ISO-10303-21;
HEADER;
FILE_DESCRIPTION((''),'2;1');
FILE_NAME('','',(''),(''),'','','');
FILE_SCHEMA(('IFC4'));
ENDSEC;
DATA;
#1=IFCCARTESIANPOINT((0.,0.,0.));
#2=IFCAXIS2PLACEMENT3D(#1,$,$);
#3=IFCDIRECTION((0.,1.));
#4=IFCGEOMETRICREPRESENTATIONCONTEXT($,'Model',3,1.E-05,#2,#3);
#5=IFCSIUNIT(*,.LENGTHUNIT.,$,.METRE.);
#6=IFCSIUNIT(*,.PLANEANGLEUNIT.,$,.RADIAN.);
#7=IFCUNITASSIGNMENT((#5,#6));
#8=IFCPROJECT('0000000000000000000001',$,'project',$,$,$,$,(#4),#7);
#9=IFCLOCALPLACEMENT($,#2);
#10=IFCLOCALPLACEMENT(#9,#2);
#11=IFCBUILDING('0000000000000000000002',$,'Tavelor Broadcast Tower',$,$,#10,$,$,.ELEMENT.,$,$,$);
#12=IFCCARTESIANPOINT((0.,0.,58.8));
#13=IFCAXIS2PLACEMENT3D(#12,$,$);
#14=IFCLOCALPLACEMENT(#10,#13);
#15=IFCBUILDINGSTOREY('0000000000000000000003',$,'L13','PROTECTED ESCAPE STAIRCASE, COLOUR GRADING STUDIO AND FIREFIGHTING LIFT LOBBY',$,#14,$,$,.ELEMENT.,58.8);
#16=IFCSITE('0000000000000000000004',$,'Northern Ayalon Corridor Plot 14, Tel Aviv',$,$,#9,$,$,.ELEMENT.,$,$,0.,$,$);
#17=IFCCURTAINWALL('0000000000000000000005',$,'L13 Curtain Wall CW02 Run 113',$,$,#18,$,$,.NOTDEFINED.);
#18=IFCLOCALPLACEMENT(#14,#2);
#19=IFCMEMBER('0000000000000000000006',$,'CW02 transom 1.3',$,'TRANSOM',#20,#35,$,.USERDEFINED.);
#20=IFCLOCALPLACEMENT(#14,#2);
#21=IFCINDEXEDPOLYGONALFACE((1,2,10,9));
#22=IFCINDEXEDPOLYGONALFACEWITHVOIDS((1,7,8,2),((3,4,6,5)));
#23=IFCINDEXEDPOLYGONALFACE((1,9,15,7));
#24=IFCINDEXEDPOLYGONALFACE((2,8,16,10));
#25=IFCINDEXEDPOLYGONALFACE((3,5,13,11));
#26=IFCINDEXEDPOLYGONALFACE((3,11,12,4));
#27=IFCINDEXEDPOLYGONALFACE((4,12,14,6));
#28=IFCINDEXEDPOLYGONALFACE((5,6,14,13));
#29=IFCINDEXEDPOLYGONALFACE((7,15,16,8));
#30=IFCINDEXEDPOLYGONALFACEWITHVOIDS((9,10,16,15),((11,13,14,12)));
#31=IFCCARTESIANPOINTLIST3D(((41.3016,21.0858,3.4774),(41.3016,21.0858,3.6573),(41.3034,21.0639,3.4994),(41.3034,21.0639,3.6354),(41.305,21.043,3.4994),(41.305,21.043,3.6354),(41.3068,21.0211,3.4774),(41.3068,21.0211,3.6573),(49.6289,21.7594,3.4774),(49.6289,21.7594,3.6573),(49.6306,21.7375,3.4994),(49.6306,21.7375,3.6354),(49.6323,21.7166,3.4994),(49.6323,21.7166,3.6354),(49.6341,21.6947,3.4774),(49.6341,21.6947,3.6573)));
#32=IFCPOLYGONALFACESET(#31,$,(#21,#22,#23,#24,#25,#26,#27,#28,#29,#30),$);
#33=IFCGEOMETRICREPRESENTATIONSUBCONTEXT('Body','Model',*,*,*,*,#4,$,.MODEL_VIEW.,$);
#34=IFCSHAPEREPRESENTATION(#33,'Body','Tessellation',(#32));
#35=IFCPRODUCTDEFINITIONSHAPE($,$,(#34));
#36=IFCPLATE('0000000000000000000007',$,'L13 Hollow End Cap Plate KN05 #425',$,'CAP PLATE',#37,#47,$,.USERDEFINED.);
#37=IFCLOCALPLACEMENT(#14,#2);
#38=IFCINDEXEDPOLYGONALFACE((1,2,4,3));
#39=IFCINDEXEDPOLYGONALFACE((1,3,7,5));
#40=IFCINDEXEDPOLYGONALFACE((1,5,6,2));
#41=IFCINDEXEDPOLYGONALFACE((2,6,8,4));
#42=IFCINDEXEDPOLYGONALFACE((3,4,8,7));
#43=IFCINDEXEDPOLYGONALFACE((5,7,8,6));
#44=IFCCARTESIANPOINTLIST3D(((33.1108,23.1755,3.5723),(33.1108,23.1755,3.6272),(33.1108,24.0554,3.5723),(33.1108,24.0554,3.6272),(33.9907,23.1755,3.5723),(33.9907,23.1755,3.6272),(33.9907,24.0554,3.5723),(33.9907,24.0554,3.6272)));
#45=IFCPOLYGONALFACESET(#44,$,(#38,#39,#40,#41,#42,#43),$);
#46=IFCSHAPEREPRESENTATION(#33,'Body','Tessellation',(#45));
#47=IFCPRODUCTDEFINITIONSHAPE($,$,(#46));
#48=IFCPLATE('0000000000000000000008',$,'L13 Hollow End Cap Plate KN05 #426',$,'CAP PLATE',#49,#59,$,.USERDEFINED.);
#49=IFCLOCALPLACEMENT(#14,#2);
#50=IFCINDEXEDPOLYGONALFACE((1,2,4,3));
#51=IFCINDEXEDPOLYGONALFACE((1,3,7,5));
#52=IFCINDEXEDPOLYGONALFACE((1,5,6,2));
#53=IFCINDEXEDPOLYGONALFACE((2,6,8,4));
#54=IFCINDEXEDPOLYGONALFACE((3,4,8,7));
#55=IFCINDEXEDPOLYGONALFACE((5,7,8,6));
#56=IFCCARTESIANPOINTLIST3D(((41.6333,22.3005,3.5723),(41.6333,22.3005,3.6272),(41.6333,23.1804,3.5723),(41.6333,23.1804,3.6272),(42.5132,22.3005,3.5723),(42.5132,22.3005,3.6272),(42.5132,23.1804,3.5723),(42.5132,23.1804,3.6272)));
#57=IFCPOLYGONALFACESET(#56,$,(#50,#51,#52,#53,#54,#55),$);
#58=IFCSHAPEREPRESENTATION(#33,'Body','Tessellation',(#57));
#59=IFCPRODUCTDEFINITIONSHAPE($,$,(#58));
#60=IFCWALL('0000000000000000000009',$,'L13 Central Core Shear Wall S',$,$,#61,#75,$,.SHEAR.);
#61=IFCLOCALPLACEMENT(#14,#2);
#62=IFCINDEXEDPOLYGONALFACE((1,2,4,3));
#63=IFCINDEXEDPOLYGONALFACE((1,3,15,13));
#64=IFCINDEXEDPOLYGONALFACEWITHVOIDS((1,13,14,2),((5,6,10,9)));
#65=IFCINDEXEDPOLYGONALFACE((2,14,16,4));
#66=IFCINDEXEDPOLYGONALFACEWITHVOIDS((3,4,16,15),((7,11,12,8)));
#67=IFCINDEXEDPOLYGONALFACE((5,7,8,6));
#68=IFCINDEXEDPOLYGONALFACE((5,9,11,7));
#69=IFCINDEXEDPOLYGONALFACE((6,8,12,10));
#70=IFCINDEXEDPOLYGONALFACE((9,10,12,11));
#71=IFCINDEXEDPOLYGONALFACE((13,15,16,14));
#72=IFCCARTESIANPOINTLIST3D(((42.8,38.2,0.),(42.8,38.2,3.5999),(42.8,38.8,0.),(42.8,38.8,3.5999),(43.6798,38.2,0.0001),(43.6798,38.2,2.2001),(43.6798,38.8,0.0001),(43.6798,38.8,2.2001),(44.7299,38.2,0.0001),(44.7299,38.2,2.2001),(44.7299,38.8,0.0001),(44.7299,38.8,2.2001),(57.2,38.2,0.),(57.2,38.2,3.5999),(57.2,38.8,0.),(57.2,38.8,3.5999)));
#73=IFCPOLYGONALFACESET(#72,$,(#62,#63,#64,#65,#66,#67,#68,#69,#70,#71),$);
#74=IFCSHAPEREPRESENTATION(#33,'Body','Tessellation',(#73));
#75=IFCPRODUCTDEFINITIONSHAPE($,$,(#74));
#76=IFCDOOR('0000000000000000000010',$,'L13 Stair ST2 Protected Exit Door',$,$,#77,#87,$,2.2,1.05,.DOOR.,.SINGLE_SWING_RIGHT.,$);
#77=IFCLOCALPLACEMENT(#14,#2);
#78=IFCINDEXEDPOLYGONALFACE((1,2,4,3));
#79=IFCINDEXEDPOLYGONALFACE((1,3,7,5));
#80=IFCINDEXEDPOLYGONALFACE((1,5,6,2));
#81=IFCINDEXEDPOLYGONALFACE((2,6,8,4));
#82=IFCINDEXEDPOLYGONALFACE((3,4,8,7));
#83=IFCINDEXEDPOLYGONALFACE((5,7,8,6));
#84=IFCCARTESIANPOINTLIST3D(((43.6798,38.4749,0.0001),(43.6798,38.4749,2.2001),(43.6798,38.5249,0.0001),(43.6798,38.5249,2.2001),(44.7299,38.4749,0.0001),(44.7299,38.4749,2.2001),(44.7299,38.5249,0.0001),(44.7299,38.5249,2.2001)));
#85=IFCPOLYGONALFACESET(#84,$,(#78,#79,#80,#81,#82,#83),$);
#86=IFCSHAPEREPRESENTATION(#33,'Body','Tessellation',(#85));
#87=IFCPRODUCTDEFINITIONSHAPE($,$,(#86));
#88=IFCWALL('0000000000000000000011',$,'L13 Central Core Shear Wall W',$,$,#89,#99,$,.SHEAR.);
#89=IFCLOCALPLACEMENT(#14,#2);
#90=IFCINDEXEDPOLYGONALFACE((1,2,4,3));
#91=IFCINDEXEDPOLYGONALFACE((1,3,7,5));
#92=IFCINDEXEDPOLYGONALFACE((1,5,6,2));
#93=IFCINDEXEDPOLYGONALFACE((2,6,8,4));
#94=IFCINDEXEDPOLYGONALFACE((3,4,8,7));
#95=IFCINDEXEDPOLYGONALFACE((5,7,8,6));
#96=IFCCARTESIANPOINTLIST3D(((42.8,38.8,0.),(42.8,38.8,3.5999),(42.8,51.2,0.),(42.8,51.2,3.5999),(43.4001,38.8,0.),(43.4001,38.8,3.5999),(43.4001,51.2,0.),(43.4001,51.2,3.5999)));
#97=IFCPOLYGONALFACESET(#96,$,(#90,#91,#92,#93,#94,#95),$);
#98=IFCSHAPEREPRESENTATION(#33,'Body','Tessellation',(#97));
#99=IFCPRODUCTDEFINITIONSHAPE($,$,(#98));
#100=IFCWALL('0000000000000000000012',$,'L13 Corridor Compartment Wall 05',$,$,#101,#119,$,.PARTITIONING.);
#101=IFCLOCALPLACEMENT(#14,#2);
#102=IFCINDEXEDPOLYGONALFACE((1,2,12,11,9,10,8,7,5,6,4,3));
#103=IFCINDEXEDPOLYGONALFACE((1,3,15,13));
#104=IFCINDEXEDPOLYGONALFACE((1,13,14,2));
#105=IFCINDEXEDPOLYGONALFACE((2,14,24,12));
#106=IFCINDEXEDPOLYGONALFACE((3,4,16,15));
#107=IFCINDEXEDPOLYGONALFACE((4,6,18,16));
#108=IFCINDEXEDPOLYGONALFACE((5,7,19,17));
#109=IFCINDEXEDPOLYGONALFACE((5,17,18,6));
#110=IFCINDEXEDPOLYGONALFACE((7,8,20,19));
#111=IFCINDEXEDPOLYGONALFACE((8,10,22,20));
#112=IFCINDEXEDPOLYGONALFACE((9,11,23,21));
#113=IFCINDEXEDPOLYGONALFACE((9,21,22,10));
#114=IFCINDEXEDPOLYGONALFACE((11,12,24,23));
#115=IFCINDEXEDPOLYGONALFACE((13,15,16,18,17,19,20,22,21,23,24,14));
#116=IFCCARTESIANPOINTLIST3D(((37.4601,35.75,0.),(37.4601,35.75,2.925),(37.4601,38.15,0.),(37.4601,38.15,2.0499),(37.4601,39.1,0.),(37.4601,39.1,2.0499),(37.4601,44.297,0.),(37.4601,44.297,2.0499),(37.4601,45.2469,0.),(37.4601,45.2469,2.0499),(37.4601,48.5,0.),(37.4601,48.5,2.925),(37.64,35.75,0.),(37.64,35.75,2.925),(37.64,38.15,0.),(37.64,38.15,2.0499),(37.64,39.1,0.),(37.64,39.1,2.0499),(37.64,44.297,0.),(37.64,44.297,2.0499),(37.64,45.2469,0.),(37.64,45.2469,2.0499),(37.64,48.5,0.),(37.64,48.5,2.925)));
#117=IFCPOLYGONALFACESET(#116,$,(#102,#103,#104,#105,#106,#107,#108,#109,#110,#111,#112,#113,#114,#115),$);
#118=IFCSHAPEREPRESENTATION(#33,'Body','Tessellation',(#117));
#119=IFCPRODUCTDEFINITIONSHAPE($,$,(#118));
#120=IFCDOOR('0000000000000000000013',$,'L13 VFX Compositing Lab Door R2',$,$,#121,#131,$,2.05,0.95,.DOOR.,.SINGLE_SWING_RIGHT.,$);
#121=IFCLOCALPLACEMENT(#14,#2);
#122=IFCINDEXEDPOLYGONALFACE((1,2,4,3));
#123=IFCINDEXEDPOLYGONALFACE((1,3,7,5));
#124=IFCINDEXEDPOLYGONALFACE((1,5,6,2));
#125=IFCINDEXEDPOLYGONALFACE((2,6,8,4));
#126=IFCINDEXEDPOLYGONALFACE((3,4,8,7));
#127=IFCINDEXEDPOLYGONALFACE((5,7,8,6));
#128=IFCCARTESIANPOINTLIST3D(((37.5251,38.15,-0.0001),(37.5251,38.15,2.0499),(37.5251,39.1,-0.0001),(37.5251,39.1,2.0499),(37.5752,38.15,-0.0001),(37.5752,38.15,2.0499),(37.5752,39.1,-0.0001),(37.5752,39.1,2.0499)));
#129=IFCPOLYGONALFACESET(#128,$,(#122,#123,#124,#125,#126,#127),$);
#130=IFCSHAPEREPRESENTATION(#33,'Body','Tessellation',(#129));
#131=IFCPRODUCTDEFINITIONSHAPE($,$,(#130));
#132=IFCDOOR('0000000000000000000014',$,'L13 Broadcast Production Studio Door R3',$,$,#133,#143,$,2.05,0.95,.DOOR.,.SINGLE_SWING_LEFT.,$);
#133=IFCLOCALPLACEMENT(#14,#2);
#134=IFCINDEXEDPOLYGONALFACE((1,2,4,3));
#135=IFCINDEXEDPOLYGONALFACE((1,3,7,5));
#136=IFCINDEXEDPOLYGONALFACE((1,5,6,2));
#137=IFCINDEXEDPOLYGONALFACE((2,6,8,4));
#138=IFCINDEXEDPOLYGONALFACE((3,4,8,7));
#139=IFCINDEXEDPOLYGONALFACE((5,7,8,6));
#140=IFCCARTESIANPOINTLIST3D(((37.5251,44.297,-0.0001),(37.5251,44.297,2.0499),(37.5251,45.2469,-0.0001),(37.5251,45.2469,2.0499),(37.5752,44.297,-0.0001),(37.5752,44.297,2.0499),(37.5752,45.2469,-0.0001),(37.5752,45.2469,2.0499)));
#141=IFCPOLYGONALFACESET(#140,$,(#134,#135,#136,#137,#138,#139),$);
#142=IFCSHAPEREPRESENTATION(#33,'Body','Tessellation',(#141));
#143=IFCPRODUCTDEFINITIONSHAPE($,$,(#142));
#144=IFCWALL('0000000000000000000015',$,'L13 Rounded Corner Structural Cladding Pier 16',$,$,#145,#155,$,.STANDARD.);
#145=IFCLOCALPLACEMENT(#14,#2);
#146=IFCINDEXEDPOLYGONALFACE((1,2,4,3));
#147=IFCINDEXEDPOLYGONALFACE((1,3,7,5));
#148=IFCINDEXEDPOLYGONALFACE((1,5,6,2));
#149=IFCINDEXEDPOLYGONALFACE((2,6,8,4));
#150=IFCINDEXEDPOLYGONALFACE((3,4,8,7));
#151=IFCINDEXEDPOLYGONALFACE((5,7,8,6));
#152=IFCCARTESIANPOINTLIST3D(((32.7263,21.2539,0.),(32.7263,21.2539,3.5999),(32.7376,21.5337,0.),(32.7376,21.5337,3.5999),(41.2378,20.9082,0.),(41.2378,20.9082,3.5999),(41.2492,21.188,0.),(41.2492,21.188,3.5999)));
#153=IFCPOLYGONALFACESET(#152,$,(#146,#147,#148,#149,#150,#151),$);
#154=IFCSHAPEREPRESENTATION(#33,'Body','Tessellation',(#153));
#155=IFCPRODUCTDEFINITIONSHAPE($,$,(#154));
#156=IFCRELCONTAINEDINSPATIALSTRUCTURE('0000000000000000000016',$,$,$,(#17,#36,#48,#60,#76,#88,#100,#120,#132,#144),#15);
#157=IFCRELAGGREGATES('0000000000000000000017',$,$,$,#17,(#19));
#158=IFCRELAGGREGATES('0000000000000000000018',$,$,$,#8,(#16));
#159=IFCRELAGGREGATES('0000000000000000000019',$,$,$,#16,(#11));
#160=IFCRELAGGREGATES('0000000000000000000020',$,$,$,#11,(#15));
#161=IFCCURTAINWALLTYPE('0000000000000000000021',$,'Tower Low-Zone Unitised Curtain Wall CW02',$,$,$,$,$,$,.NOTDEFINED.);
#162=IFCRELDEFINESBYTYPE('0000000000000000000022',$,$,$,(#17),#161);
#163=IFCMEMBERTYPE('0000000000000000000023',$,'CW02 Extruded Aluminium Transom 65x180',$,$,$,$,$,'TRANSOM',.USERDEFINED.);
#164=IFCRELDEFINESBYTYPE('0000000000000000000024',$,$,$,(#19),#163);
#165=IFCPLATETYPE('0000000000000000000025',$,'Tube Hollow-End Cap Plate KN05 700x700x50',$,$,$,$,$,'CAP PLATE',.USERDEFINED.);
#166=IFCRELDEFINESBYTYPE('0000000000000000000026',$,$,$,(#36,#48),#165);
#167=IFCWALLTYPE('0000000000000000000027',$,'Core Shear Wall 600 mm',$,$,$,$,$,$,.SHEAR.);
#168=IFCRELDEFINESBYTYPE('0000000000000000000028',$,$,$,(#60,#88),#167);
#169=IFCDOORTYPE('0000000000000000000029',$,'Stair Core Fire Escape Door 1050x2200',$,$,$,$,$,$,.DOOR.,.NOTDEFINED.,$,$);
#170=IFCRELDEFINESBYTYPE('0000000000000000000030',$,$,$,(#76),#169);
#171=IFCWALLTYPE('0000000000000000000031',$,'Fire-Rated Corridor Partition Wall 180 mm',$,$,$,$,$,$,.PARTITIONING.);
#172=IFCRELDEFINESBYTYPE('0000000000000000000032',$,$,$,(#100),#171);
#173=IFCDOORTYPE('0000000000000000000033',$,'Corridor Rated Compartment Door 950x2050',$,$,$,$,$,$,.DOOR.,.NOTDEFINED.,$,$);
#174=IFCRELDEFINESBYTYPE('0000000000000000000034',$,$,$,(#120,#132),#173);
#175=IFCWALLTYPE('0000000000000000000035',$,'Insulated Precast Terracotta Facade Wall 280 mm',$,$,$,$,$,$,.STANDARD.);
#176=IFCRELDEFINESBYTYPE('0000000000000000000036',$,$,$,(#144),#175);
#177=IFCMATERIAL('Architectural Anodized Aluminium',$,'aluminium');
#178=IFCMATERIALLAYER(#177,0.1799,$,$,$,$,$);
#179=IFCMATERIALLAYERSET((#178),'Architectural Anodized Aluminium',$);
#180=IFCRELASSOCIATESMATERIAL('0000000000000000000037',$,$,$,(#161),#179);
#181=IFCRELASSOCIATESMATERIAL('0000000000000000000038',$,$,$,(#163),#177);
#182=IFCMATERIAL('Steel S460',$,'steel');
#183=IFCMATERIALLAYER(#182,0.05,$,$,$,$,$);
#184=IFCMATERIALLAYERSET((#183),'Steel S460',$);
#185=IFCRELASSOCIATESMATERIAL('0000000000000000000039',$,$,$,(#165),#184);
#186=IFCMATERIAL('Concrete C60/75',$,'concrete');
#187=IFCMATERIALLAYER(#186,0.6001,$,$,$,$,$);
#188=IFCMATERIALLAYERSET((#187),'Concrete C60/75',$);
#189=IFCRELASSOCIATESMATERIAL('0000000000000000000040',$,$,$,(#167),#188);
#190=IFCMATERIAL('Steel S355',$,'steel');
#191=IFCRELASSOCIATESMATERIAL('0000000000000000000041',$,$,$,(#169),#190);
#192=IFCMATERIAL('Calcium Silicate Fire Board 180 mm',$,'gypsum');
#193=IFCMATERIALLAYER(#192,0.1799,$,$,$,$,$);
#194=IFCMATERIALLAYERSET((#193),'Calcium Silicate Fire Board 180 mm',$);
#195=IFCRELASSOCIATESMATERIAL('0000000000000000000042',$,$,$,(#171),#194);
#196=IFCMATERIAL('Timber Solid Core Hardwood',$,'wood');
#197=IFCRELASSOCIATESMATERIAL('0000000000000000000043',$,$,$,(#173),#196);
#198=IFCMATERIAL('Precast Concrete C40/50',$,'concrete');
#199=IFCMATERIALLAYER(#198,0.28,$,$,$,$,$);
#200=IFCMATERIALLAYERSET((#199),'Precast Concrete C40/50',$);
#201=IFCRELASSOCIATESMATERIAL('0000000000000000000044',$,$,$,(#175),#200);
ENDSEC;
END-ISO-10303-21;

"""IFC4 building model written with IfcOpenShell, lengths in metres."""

from ifc_helpers import new_model, si_unit, direction, frame, frame_2d, origin, origin_2d, place, context, subcontext, project, spatial, rectangle, hollow_rectangle, extrude, source, transform, mapped, material, layer, layer_set, material_profile, profile_set, type_object, type_shapes, element, fill, aggregate, save


model = new_model("IFC4")

# Units and contexts
model_context = context("Model", 3, precision=1e-05, world=origin(), true_north=direction((0.0, 1.0)))
body_context = subcontext(model_context, "Body", "Model", "MODEL_VIEW")
ifc_project = project(units=[si_unit("LENGTHUNIT", "METRE"), si_unit("PLANEANGLEUNIT", "RADIAN")], contexts=[model_context])

# Site, building, storey
site_placement = place(None, origin())
site = spatial("IfcSite", under=ifc_project, at=site_placement, Name="Northern Ayalon Corridor Plot 14, Tel Aviv", CompositionType="ELEMENT", RefElevation=0.0)
building_placement = place(site_placement, origin())
building = spatial("IfcBuilding", under=site, at=building_placement, Name="Tavelor Broadcast Tower", CompositionType="ELEMENT")
storey_placement = place(building_placement, frame((0.0, 0.0, 58.8)))
storey = spatial("IfcBuildingStorey", under=building, at=storey_placement, Name="L13", Description="PROTECTED ESCAPE STAIRCASE, COLOUR GRADING STUDIO AND FIREFIGHTING LIFT LOBBY", CompositionType="ELEMENT", Elevation=58.8)

# Shared definitions
ifc_material_1 = material(Name="Steel S460", Category="steel")

# Shared definitions
ifc_material_2 = material(Name="Steel S355", Category="steel")

# Curtain wall, member
ifc_material_3 = material(Name="Architectural Anodized Aluminium", Category="aluminium")
ifc_layer_1 = layer(ifc_material_3, 0.1799)
ifc_layer_set_1 = layer_set([ifc_layer_1], Name="Architectural Anodized Aluminium")
curtain_wall_type = type_object("IfcCurtainWallType", Name="Tower Low-Zone Unitised Curtain Wall CW02", PredefinedType="NOTDEFINED", material=ifc_layer_set_1)
curtain_wall_placement = place(storey_placement, origin())
curtain_wall = element("IfcCurtainWall", 1, at=curtain_wall_placement, inside=storey, type_object=curtain_wall_type, Name="L13 Curtain Wall CW02 Run 113", PredefinedType="NOTDEFINED")
ifc_material_profile_1 = material_profile(ifc_material_3, hollow_rectangle(XDim=0.0649, YDim=0.1799, WallThickness=0.022, at=origin_2d()), Name="RHS 65x180x22")
ifc_profile_set_1 = profile_set([ifc_material_profile_1], Name="Architectural Anodized Aluminium")
member_type_1 = type_object("IfcMemberType", Name="CW02 Extruded Aluminium Transom 65x180", ElementType="TRANSOM", PredefinedType="USERDEFINED", material=ifc_profile_set_1)
shared_shape_1 = source(origin(), body_context, "Body", "SweptSolid", [
    extrude(hollow_rectangle(XDim=0.0649, YDim=0.1799, WallThickness=0.022, at=origin_2d()), origin(), (0.0, 0.0, 1.0), 8.3545),
])
type_shapes(member_type_1, [shared_shape_1])
member_1_placement = place(storey_placement, frame((41.3042, 21.0535, 3.5674), z_axis=(0.996745, 0.080624, 0.0), x_axis=(-0.080624, 0.996745, 0.0)))
member_1 = element("IfcMember", 2, at=member_1_placement, type_object=member_type_1, Name="CW02 transom 1.3", ObjectType="TRANSOM", PredefinedType="USERDEFINED", context=body_context, shape_type="MappedRepresentation", body=[
    mapped(shared_shape_1, transform((0.0, 0.0, 0.0), scale=1.0)),
])
aggregate(curtain_wall, [member_1])

# Plates
ifc_layer_2 = layer(ifc_material_1, 0.05)
ifc_layer_set_2 = layer_set([ifc_layer_2], Name="Steel S460")
plate_type = type_object("IfcPlateType", Name="Tube Hollow-End Cap Plate KN05 700x700x50", ElementType="CAP PLATE", PredefinedType="USERDEFINED", material=ifc_layer_set_2)
shared_shape_2 = source(origin(), body_context, "Body", "SweptSolid", [
    extrude(rectangle(XDim=0.8799, YDim=0.8799, at=origin_2d()), origin(), (0.0, 0.0, 1.0), 0.0549),
])
type_shapes(plate_type, [shared_shape_2])
for number, where, z_axis, x_axis, name in (
    (3, (33.5508, 23.6155, 3.5723), (0.0, 0.0, 1.0), (1.0, 0.0, 0.0), "L13 Hollow End Cap Plate KN05 #425"),
    (4, (42.0732, 22.7405, 3.5723), (0.0, 0.0, 1.0), (1.0, 0.0, 0.0), "L13 Hollow End Cap Plate KN05 #426"),
):
    element("IfcPlate", number, at=place(storey_placement, frame(where, z_axis=z_axis, x_axis=x_axis)), inside=storey, type_object=plate_type, Name=name, ObjectType="CAP PLATE", PredefinedType="USERDEFINED", context=body_context, shape_type="MappedRepresentation", body=[
        mapped(shared_shape_2, transform((0.0, 0.0, 0.0), scale=1.0)),
    ])

# Wall, opening, door
ifc_material_4 = material(Name="Concrete C60/75", Category="concrete")
ifc_layer_3 = layer(ifc_material_4, 0.6001)
ifc_layer_set_3 = layer_set([ifc_layer_3], Name="Concrete C60/75")
wall_type_1 = type_object("IfcWallType", Name="Core Shear Wall 600 mm", PredefinedType="SHEAR", material=ifc_layer_set_3)
wall_1_placement = place(storey_placement, frame((42.8, 38.5, 0.0), z_axis=(0.0, 0.0, 1.0), x_axis=(1.0, 0.0, 0.0)))
wall_1 = element("IfcWall", 5, at=wall_1_placement, inside=storey, type_object=wall_type_1, Name="L13 Central Core Shear Wall S", PredefinedType="SHEAR", context=body_context, shape_type="SweptSolid", body=[
    extrude(rectangle(XDim=14.3999, YDim=0.6001, at=frame_2d((7.2, 0.0))), origin(), (0.0, 0.0, 1.0), 3.5999),
])
opening_1_placement = place(wall_1_placement, frame((0.8799, 0.0, 0.0)))
opening_1 = element("IfcOpeningElement", 6, at=opening_1_placement, cuts=wall_1, PredefinedType="OPENING", context=body_context, shape_type="SweptSolid", body=[
    extrude(rectangle(XDim=1.05, YDim=2.2, at=frame_2d((0.5249, 1.1001))), frame((0.0, 0.3101, 0.0), z_axis=(0.0, -1.0, 0.0), x_axis=(1.0, 0.0, 0.0)), (0.0, 0.0, 1.0), 0.6201),
])
door_type_1 = type_object("IfcDoorType", Name="Stair Core Fire Escape Door 1050x2200", OperationType="NOTDEFINED", PredefinedType="DOOR", material=ifc_material_2)
door_1_placement = place(opening_1_placement, origin())
door_1 = element("IfcDoor", 7, at=door_1_placement, inside=storey, type_object=door_type_1, Name="L13 Stair ST2 Protected Exit Door", OperationType="SINGLE_SWING_RIGHT", OverallHeight=2.2, OverallWidth=1.05, PredefinedType="DOOR", context=body_context, shape_type="SweptSolid", body=[
    extrude(rectangle(XDim=1.05, YDim=2.2, at=frame_2d((0.5249, 1.1001))), frame((0.0, 0.0249, 0.0), z_axis=(0.0, -1.0, 0.0), x_axis=(1.0, 0.0, 0.0)), (0.0, 0.0, 1.0), 0.05),
])
fill(opening_1, door_1)

# Wall
wall_2_placement = place(storey_placement, frame((43.1001, 38.8, 0.0), z_axis=(0.0, 0.0, 1.0), x_axis=(0.0, 1.0, 0.0)))
element("IfcWall", 8, at=wall_2_placement, inside=storey, type_object=wall_type_1, Name="L13 Central Core Shear Wall W", PredefinedType="SHEAR", context=body_context, shape_type="SweptSolid", body=[
    extrude(rectangle(XDim=12.3999, YDim=0.6001, at=frame_2d((6.2, 0.0))), origin(), (0.0, 0.0, 1.0), 3.5999),
])

# Wall, openings, doors
ifc_material_5 = material(Name="Calcium Silicate Fire Board 180 mm", Category="gypsum")
ifc_layer_4 = layer(ifc_material_5, 0.1799)
ifc_layer_set_4 = layer_set([ifc_layer_4], Name="Calcium Silicate Fire Board 180 mm")
wall_type_2 = type_object("IfcWallType", Name="Fire-Rated Corridor Partition Wall 180 mm", PredefinedType="PARTITIONING", material=ifc_layer_set_4)
wall_3_placement = place(storey_placement, frame((37.55, 35.75, 0.0), z_axis=(0.0, 0.0, 1.0), x_axis=(0.0, 1.0, 0.0)))
wall_3 = element("IfcWall", 9, at=wall_3_placement, inside=storey, type_object=wall_type_2, Name="L13 Corridor Compartment Wall 05", PredefinedType="PARTITIONING", context=body_context, shape_type="SweptSolid", body=[
    extrude(rectangle(XDim=12.75, YDim=0.1799, at=frame_2d((6.375, 0.0))), origin(), (0.0, 0.0, 1.0), 2.925),
])
opening_2_placement = place(wall_3_placement, frame((2.3999, 0.0, 0.0)))
opening_2 = element("IfcOpeningElement", 10, at=opening_2_placement, cuts=wall_3, PredefinedType="OPENING", context=body_context, shape_type="SweptSolid", body=[
    extrude(rectangle(XDim=0.95, YDim=2.05, at=frame_2d((0.4751, 1.0249))), frame((0.0, 0.1001, 0.0), z_axis=(0.0, -1.0, 0.0), x_axis=(1.0, 0.0, 0.0)), (0.0, 0.0, 1.0), 0.2),
])
opening_3_placement = place(wall_3_placement, frame((8.5469, 0.0, 0.0)))
opening_3 = element("IfcOpeningElement", 11, at=opening_3_placement, cuts=wall_3, PredefinedType="OPENING", context=body_context, shape_type="SweptSolid", body=[
    extrude(rectangle(XDim=0.95, YDim=2.05, at=frame_2d((0.4751, 1.0249))), frame((0.0, 0.1001, 0.0), z_axis=(0.0, -1.0, 0.0), x_axis=(1.0, 0.0, 0.0)), (0.0, 0.0, 1.0), 0.2),
])
ifc_material_6 = material(Name="Timber Solid Core Hardwood", Category="wood")
door_type_2 = type_object("IfcDoorType", Name="Corridor Rated Compartment Door 950x2050", OperationType="NOTDEFINED", PredefinedType="DOOR", material=ifc_material_6)
door_2_placement = place(opening_2_placement, origin())
door_2 = element("IfcDoor", 12, at=door_2_placement, inside=storey, type_object=door_type_2, Name="L13 VFX Compositing Lab Door R2", OperationType="SINGLE_SWING_RIGHT", OverallHeight=2.05, OverallWidth=0.95, PredefinedType="DOOR", context=body_context, shape_type="SweptSolid", body=[
    extrude(rectangle(XDim=0.95, YDim=2.05, at=frame_2d((0.4751, 1.0249))), frame((0.0, 0.0249, 0.0), z_axis=(0.0, -1.0, 0.0), x_axis=(1.0, 0.0, 0.0)), (0.0, 0.0, 1.0), 0.05),
])
fill(opening_2, door_2)
door_3_placement = place(opening_3_placement, origin())
door_3 = element("IfcDoor", 13, at=door_3_placement, inside=storey, type_object=door_type_2, Name="L13 Broadcast Production Studio Door R3", OperationType="SINGLE_SWING_LEFT", OverallHeight=2.05, OverallWidth=0.95, PredefinedType="DOOR", context=body_context, shape_type="SweptSolid", body=[
    extrude(rectangle(XDim=0.95, YDim=2.05, at=frame_2d((0.4751, 1.0249))), frame((0.0, 0.0249, 0.0), z_axis=(0.0, -1.0, 0.0), x_axis=(1.0, 0.0, 0.0)), (0.0, 0.0, 1.0), 0.05),
])
fill(opening_3, door_3)

# Wall
ifc_material_7 = material(Name="Precast Concrete C40/50", Category="concrete")
ifc_layer_5 = layer(ifc_material_7, 0.28)
ifc_layer_set_5 = layer_set([ifc_layer_5], Name="Precast Concrete C40/50")
wall_type_3 = type_object("IfcWallType", Name="Insulated Precast Terracotta Facade Wall 280 mm", PredefinedType="STANDARD", material=ifc_layer_set_5)
wall_4_placement = place(storey_placement, frame((32.7319, 21.3938, 0.0), z_axis=(0.0, 0.0, 1.0), x_axis=(0.999176, -0.040583, 0.0)))
element("IfcWall", 14, at=wall_4_placement, inside=storey, type_object=wall_type_3, Name="L13 Rounded Corner Structural Cladding Pier 16", PredefinedType="STANDARD", context=body_context, shape_type="SweptSolid", body=[
    extrude(rectangle(XDim=8.5186, YDim=0.28, at=frame_2d((4.2593, 0.0))), origin(), (0.0, 0.0, 1.0), 3.5999),
])

save(model, "model.ifc")
